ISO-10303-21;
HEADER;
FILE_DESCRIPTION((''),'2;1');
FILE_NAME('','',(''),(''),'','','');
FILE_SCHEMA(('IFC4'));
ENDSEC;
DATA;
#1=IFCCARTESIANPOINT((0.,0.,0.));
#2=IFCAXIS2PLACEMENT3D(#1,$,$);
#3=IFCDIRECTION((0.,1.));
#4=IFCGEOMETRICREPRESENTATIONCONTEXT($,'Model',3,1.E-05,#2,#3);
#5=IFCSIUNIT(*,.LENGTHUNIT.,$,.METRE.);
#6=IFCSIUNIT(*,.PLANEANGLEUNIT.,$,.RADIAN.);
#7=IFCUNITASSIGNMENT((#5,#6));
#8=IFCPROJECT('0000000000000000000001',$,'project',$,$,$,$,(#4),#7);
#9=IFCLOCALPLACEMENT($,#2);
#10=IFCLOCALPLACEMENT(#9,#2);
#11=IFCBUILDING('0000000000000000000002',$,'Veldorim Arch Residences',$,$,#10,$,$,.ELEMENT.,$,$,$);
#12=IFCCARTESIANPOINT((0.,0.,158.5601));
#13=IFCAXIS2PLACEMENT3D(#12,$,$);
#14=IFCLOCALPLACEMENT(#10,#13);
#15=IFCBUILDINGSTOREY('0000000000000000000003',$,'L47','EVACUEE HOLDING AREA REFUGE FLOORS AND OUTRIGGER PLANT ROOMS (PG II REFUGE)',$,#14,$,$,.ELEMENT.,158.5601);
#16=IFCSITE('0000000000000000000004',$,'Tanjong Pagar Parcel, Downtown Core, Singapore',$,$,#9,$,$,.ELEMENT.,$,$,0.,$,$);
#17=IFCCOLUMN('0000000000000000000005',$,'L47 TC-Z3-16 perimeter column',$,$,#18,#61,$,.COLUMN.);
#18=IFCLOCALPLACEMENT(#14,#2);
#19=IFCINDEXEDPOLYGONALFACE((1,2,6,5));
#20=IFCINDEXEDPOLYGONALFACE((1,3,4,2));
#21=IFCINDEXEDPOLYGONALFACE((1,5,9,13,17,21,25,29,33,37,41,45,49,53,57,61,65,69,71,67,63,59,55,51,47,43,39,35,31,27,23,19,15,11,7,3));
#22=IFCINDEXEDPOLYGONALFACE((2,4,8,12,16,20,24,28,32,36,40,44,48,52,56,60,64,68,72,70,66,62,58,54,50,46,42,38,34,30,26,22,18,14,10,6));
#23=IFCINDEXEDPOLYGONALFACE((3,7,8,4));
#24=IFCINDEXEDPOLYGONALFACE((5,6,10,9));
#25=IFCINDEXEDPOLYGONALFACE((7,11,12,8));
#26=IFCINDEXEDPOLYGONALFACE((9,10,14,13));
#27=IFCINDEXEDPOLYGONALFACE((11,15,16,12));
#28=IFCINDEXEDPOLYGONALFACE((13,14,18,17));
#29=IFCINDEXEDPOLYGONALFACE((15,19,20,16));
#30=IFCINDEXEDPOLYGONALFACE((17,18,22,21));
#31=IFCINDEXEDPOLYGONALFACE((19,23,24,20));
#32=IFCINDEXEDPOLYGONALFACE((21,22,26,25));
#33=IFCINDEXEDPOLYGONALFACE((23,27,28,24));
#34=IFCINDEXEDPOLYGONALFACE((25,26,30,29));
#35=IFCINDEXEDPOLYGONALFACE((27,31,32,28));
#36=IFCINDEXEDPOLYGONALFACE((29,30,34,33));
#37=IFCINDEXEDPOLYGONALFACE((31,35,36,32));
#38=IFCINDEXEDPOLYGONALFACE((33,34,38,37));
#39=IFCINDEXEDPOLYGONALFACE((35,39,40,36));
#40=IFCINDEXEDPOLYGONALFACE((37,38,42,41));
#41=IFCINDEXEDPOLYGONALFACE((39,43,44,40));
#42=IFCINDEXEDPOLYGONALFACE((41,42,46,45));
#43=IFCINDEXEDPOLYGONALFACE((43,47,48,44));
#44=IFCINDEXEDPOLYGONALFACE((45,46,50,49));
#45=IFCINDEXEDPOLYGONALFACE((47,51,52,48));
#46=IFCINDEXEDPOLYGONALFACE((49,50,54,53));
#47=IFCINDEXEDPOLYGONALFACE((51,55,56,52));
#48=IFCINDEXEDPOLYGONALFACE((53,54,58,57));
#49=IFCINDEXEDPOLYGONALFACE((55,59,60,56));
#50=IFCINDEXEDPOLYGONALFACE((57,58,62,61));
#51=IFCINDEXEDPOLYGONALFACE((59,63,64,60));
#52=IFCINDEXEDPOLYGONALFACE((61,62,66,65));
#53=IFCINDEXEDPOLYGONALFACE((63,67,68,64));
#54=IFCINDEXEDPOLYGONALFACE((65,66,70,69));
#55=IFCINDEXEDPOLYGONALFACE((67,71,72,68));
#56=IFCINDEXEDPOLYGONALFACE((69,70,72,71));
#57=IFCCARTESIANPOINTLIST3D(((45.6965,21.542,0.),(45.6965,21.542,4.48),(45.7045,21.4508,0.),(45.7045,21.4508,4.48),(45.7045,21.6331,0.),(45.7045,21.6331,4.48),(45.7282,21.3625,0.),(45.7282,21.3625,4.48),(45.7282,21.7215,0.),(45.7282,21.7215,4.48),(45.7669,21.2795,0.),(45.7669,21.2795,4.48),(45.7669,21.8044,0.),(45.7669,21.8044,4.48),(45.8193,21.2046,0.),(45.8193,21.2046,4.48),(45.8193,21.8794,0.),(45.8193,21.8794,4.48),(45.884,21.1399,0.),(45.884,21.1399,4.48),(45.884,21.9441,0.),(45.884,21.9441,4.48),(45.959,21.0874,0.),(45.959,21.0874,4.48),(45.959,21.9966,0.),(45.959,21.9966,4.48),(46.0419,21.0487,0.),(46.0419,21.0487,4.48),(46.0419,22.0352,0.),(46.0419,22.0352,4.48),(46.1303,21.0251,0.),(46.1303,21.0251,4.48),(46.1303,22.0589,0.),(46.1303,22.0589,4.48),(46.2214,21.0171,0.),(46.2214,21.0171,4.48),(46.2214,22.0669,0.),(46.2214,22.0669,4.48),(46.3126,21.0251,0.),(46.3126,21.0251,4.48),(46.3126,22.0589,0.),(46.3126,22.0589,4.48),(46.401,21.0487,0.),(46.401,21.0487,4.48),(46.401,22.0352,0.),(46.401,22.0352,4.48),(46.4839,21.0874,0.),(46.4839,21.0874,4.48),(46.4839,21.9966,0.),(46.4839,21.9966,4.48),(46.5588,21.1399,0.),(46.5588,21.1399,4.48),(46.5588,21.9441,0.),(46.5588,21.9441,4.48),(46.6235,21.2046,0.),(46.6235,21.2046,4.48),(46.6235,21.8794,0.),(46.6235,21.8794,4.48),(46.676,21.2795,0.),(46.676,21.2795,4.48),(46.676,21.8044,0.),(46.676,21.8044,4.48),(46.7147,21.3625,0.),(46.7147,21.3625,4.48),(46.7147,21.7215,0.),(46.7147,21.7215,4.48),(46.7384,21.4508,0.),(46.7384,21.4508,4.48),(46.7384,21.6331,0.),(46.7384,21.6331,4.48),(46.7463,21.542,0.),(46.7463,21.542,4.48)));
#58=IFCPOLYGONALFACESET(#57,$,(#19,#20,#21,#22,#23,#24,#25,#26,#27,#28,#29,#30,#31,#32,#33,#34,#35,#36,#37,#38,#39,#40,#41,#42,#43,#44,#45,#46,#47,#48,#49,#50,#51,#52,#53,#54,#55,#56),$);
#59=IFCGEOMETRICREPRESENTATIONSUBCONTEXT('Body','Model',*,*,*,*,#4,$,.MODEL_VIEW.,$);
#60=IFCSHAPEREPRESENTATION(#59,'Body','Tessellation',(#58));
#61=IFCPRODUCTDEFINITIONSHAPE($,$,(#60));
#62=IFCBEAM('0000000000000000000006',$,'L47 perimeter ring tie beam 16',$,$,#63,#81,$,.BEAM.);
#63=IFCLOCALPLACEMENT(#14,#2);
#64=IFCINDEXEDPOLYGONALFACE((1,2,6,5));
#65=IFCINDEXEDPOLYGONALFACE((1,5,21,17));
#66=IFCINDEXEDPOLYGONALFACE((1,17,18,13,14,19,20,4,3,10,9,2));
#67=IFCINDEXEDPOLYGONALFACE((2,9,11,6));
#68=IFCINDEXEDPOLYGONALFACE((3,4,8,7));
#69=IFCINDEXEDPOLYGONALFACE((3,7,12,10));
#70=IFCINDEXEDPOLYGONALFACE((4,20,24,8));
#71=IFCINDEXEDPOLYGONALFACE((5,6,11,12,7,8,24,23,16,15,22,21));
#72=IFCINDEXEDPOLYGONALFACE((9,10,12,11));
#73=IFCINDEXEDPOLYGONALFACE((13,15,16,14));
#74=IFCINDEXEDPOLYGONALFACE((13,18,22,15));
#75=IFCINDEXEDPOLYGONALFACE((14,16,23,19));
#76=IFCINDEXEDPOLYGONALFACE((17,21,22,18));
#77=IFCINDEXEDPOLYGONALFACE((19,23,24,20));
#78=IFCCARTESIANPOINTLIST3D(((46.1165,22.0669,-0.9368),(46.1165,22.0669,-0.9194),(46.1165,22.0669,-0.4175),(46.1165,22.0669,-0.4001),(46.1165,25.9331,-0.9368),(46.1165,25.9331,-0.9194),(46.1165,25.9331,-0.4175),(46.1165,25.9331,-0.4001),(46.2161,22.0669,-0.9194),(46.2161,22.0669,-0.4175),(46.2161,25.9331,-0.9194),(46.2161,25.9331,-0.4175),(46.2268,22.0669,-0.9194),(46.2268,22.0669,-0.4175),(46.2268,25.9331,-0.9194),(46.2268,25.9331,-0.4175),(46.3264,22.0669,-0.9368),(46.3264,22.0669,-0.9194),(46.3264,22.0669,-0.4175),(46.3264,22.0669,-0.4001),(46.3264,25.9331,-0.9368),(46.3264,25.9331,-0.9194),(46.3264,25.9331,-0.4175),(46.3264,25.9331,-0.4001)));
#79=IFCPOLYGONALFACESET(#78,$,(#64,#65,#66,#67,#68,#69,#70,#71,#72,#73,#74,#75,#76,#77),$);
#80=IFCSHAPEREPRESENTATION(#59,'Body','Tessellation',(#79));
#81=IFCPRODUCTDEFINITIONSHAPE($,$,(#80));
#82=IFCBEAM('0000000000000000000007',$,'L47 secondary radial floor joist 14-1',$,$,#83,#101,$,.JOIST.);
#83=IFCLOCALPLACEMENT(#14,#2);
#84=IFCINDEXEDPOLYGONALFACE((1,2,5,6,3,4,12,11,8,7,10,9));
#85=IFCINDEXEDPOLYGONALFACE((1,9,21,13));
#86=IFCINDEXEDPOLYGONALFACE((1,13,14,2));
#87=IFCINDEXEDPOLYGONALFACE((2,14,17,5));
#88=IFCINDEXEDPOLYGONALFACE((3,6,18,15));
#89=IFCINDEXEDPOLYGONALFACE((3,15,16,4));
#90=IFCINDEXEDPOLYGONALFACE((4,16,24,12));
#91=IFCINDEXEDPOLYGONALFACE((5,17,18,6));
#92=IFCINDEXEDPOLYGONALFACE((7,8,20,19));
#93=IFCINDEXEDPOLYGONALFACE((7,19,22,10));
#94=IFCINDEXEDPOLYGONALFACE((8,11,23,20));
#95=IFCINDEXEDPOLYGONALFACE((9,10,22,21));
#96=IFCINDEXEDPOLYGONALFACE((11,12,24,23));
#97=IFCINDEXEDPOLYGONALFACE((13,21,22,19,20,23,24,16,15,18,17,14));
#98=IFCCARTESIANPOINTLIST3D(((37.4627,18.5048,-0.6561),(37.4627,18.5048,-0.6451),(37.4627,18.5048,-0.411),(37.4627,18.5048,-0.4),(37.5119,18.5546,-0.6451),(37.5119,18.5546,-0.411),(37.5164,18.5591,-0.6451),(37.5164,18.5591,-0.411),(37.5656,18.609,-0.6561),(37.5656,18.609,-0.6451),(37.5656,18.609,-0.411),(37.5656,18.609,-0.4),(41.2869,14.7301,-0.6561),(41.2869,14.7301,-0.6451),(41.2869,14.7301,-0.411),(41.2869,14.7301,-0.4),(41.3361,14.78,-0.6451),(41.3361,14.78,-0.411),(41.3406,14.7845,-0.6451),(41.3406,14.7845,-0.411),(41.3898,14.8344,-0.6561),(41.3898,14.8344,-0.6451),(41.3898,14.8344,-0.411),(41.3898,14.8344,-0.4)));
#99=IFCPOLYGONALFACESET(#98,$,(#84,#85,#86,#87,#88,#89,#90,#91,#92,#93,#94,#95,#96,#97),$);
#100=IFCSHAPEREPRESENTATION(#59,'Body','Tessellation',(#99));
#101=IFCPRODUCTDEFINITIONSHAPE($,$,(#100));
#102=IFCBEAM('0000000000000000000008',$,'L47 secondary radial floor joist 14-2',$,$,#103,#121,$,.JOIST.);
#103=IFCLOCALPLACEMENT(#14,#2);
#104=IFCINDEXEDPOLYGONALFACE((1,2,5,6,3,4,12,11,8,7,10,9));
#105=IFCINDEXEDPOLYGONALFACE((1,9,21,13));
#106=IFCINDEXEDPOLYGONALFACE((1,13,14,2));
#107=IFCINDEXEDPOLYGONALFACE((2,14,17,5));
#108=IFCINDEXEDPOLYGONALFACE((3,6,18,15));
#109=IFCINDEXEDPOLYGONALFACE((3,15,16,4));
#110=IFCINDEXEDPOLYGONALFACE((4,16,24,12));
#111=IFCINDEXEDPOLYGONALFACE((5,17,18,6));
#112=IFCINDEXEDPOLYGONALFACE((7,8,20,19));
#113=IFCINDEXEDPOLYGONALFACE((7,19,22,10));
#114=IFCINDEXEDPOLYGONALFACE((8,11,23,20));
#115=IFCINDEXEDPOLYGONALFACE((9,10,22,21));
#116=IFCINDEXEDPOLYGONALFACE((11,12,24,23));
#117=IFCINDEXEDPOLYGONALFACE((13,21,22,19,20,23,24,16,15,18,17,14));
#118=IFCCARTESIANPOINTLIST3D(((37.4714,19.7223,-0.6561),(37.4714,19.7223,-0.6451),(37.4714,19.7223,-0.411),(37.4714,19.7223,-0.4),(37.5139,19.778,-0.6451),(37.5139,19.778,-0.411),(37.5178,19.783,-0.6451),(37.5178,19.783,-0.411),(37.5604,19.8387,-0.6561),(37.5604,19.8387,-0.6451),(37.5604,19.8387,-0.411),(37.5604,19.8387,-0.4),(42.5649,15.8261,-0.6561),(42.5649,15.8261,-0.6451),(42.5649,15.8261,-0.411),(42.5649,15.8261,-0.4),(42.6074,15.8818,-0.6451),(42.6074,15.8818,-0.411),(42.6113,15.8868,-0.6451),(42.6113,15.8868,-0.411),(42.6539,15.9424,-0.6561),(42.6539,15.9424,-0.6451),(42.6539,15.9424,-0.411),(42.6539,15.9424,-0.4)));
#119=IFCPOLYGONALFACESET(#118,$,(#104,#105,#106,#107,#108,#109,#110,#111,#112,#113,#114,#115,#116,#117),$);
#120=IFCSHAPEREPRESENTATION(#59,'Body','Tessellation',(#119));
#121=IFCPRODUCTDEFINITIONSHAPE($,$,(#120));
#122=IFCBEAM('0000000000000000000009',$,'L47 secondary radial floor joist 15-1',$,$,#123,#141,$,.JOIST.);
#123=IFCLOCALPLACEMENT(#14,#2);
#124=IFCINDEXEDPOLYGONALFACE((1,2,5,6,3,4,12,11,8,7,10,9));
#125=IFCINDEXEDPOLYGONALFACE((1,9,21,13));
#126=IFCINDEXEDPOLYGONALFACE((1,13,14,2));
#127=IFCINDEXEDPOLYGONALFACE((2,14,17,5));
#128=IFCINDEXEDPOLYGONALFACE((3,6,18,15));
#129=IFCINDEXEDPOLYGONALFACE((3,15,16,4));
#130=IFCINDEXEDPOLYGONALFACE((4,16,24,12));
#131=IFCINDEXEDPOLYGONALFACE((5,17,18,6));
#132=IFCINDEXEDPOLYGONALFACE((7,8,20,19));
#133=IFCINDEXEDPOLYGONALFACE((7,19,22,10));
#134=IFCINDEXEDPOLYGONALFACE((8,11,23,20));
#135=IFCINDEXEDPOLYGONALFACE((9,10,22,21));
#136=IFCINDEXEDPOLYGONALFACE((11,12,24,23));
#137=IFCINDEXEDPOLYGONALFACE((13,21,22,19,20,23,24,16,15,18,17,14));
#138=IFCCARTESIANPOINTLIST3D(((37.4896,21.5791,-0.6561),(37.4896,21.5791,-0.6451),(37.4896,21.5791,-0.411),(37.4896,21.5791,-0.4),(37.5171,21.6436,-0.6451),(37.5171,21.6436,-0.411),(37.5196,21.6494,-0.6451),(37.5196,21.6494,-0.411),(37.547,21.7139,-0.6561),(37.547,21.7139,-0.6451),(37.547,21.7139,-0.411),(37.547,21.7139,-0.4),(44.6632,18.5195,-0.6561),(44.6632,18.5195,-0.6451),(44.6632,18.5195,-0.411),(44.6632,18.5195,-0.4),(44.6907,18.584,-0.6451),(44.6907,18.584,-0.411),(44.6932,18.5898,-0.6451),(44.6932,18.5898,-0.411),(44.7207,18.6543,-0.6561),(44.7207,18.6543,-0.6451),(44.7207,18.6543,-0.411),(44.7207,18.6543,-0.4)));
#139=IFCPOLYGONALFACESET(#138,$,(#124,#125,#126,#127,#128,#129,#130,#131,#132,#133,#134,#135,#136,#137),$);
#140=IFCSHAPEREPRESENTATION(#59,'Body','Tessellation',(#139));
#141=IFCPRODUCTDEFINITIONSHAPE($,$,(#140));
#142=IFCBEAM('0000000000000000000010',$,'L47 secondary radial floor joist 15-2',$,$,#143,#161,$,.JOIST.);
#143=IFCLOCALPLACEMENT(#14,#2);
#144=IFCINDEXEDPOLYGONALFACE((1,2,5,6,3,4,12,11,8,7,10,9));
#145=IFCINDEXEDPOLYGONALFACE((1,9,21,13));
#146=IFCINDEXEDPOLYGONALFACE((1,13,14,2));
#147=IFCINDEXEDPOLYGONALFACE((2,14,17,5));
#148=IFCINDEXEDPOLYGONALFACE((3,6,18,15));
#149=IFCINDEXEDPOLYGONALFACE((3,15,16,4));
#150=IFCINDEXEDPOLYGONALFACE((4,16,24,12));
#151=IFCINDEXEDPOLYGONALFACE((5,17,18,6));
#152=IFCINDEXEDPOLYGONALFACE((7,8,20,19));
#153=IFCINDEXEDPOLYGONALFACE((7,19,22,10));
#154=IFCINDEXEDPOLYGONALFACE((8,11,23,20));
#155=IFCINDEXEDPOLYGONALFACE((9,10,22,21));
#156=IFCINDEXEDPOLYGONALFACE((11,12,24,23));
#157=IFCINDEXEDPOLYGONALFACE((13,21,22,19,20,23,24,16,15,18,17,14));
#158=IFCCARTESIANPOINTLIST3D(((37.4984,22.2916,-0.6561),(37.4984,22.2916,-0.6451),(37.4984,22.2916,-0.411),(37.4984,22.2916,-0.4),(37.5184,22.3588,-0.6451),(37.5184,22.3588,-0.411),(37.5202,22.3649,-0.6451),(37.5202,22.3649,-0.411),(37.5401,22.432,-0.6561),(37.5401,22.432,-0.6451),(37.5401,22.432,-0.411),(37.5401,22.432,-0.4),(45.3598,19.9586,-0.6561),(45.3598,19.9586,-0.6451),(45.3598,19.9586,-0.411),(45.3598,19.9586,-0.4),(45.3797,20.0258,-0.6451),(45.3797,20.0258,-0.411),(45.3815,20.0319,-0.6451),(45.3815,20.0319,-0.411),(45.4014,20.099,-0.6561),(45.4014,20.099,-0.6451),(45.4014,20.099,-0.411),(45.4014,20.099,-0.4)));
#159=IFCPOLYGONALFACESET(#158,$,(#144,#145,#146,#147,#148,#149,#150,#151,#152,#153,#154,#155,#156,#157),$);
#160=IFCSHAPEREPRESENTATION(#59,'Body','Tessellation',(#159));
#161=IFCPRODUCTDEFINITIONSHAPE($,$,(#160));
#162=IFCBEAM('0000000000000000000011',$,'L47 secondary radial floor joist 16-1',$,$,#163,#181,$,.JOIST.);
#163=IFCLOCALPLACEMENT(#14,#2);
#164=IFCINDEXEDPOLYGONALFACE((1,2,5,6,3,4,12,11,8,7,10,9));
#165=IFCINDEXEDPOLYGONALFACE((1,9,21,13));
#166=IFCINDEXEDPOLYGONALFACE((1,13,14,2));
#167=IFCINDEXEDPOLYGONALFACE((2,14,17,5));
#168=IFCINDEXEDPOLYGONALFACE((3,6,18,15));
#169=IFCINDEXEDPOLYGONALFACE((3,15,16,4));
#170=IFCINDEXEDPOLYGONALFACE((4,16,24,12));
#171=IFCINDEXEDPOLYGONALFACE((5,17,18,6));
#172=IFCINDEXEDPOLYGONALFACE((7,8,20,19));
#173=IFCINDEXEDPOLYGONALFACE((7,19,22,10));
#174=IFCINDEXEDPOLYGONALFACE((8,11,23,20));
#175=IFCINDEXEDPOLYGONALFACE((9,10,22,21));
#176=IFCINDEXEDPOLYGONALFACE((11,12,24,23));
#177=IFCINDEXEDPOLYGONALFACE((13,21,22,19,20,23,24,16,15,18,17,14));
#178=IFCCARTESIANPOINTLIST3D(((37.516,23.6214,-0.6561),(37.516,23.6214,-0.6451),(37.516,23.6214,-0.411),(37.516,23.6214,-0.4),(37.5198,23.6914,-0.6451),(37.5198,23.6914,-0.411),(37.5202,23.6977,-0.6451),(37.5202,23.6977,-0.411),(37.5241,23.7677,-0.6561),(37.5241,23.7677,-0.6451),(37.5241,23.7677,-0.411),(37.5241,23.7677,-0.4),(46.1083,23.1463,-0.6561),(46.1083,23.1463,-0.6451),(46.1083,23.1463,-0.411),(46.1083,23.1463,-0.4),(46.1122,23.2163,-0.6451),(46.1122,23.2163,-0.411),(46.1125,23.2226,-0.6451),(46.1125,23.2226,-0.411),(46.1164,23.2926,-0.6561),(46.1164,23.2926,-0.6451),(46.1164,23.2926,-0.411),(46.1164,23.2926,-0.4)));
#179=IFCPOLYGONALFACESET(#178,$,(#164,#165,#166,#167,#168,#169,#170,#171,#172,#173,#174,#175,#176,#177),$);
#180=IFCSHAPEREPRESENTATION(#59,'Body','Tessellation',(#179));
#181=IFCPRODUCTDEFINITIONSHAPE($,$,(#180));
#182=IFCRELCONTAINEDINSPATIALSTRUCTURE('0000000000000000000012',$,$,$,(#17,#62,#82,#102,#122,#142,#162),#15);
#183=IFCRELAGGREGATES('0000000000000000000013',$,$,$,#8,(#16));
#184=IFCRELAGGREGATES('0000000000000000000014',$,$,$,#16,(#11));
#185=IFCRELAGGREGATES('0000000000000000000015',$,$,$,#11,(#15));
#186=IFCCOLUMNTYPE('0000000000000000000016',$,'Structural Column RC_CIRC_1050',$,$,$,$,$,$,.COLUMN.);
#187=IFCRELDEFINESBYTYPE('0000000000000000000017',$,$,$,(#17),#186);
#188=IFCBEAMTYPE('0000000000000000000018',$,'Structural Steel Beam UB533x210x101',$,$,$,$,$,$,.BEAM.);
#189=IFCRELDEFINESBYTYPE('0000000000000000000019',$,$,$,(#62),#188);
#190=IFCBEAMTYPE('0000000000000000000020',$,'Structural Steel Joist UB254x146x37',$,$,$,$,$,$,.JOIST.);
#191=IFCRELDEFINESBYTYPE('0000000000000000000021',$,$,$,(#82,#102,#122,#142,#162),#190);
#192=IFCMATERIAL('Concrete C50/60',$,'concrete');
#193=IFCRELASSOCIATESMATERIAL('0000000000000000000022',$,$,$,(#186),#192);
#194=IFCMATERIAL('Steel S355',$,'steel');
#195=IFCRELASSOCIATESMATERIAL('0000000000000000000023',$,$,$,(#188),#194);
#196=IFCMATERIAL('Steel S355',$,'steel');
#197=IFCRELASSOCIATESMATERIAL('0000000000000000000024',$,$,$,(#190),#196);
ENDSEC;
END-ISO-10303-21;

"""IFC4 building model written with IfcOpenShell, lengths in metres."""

from ifc_helpers import new_model, si_unit, direction, frame, origin, origin_2d, place, context, subcontext, project, spatial, circle, i_section, extrude, material, material_profile, profile_set, type_object, element, save


model = new_model("IFC4")

# Units and contexts
model_context = context("Model", 3, precision=1e-05, world=origin(), true_north=direction((0.0, 1.0)))
body_context = subcontext(model_context, "Body", "Model", "MODEL_VIEW")
ifc_project = project(units=[si_unit("LENGTHUNIT", "METRE"), si_unit("PLANEANGLEUNIT", "RADIAN")], contexts=[model_context])

# Site, building, storey
site_placement = place(None, origin())
site = spatial("IfcSite", under=ifc_project, at=site_placement, Name="Tanjong Pagar Parcel, Downtown Core, Singapore", CompositionType="ELEMENT", RefElevation=0.0)
building_placement = place(site_placement, origin())
building = spatial("IfcBuilding", under=site, at=building_placement, Name="Veldorim Arch Residences", CompositionType="ELEMENT")
storey_placement = place(building_placement, frame((0.0, 0.0, 158.5601)))
storey = spatial("IfcBuildingStorey", under=building, at=storey_placement, Name="L47", Description="EVACUEE HOLDING AREA REFUGE FLOORS AND OUTRIGGER PLANT ROOMS (PG II REFUGE)", CompositionType="ELEMENT", Elevation=158.5601)

# Column
ifc_material_1 = material(Name="Concrete C50/60", Category="concrete")
ifc_material_profile_1 = material_profile(ifc_material_1, circle(Radius=0.5249, at=origin_2d()), Name="RC_CIRC_1050")
ifc_profile_set_1 = profile_set([ifc_material_profile_1], Name="Concrete C50/60")
column_type = type_object("IfcColumnType", Name="Structural Column RC_CIRC_1050", PredefinedType="COLUMN", material=ifc_profile_set_1)
column_placement = place(storey_placement, frame((46.2214, 21.542, 0.0), z_axis=(0.0, 0.0, 1.0), x_axis=(1.0, 0.0, 0.0)))
element("IfcColumn", 1, at=column_placement, inside=storey, type_object=column_type, Name="L47 TC-Z3-16 perimeter column", PredefinedType="COLUMN", context=body_context, shape_type="SweptSolid", body=[
    extrude(circle(Radius=0.5249, at=origin_2d()), origin(), (0.0, 0.0, 1.0), 4.48),
])

# Beams
ifc_material_2 = material(Name="Steel S355", Category="steel")
ifc_material_profile_2 = material_profile(ifc_material_2, i_section(OverallWidth=0.21, OverallDepth=0.5366, WebThickness=0.0107, FlangeThickness=0.0173, at=origin_2d()), Name="UB533x210x101")
ifc_profile_set_2 = profile_set([ifc_material_profile_2], Name="Steel S355")
beam_type_1 = type_object("IfcBeamType", Name="Structural Steel Beam UB533x210x101", PredefinedType="BEAM", material=ifc_profile_set_2)
beam_1_placement = place(storey_placement, frame((46.2214, 22.0669, -0.6685), z_axis=(0.0, 1.0, 0.0), x_axis=(-1.0, 0.0, 0.0)))
element("IfcBeam", 2, at=beam_1_placement, inside=storey, type_object=beam_type_1, Name="L47 perimeter ring tie beam 16", PredefinedType="BEAM", context=body_context, shape_type="SweptSolid", body=[
    extrude(i_section(OverallWidth=0.21, OverallDepth=0.5366, WebThickness=0.0107, FlangeThickness=0.0173, at=origin_2d()), origin(), (0.0, 0.0, 1.0), 3.8662),
])
ifc_material_3 = material(Name="Steel S355", Category="steel")
ifc_material_profile_3 = material_profile(ifc_material_3, i_section(OverallWidth=0.1465, OverallDepth=0.2561, WebThickness=0.0063, FlangeThickness=0.011, at=origin_2d()), Name="UB254x146x37")
ifc_profile_set_3 = profile_set([ifc_material_profile_3], Name="Steel S355")
beam_type_2 = type_object("IfcBeamType", Name="Structural Steel Joist UB254x146x37", PredefinedType="JOIST", material=ifc_profile_set_3)
beam_2_placement = place(storey_placement, frame((37.5142, 18.5569, -0.5281), z_axis=(0.711703, -0.70248, 0.0), x_axis=(0.70248, 0.711703, 0.0)))
element("IfcBeam", 3, at=beam_2_placement, inside=storey, type_object=beam_type_2, Name="L47 secondary radial floor joist 14-1", PredefinedType="JOIST", context=body_context, shape_type="SweptSolid", body=[
    extrude(i_section(OverallWidth=0.1465, OverallDepth=0.2561, WebThickness=0.0063, FlangeThickness=0.011, at=origin_2d()), origin(), (0.0, 0.0, 1.0), 5.3733),
])
beam_3_placement = place(storey_placement, frame((37.5159, 19.7805, -0.5281), z_axis=(0.794267, -0.607569, 0.0), x_axis=(0.607569, 0.794267, 0.0)))
element("IfcBeam", 4, at=beam_3_placement, inside=storey, type_object=beam_type_2, Name="L47 secondary radial floor joist 14-2", PredefinedType="JOIST", context=body_context, shape_type="SweptSolid", body=[
    extrude(i_section(OverallWidth=0.1465, OverallDepth=0.2561, WebThickness=0.0063, FlangeThickness=0.011, at=origin_2d()), origin(), (0.0, 0.0, 1.0), 6.4128),
])
beam_4_placement = place(storey_placement, frame((37.5183, 21.6465, -0.5281), z_axis=(0.919832, -0.392313, 0.0), x_axis=(0.392313, 0.919832, 0.0)))
element("IfcBeam", 5, at=beam_4_placement, inside=storey, type_object=beam_type_2, Name="L47 secondary radial floor joist 15-1", PredefinedType="JOIST", context=body_context, shape_type="SweptSolid", body=[
    extrude(i_section(OverallWidth=0.1465, OverallDepth=0.2561, WebThickness=0.0063, FlangeThickness=0.011, at=origin_2d()), origin(), (0.0, 0.0, 1.0), 7.7988),
])
beam_5_placement = place(storey_placement, frame((37.5193, 22.3618, -0.5281), z_axis=(0.958674, -0.284506, 0.0), x_axis=(0.284506, 0.958674, 0.0)))
element("IfcBeam", 6, at=beam_5_placement, inside=storey, type_object=beam_type_2, Name="L47 secondary radial floor joist 15-2", PredefinedType="JOIST", context=body_context, shape_type="SweptSolid", body=[
    extrude(i_section(OverallWidth=0.1465, OverallDepth=0.2561, WebThickness=0.0063, FlangeThickness=0.011, at=origin_2d()), origin(), (0.0, 0.0, 1.0), 8.2002),
])
for number, where, z_axis, x_axis, name in (
    (7, (37.52, 23.6946, -0.5281), (0.998475, -0.055209, 0.0), (0.055209, 0.998475, 0.0), "L47 secondary radial floor joist 16-1"),
):
    element("IfcBeam", number, at=place(storey_placement, frame(where, z_axis=z_axis, x_axis=x_axis)), inside=storey, type_object=beam_type_2, Name=name, PredefinedType="JOIST", context=body_context, shape_type="SweptSolid", body=[
        extrude(i_section(OverallWidth=0.1465, OverallDepth=0.2561, WebThickness=0.0063, FlangeThickness=0.011, at=origin_2d()), origin(), (0.0, 0.0, 1.0), 8.6055),
    ])

save(model, "model.ifc")
